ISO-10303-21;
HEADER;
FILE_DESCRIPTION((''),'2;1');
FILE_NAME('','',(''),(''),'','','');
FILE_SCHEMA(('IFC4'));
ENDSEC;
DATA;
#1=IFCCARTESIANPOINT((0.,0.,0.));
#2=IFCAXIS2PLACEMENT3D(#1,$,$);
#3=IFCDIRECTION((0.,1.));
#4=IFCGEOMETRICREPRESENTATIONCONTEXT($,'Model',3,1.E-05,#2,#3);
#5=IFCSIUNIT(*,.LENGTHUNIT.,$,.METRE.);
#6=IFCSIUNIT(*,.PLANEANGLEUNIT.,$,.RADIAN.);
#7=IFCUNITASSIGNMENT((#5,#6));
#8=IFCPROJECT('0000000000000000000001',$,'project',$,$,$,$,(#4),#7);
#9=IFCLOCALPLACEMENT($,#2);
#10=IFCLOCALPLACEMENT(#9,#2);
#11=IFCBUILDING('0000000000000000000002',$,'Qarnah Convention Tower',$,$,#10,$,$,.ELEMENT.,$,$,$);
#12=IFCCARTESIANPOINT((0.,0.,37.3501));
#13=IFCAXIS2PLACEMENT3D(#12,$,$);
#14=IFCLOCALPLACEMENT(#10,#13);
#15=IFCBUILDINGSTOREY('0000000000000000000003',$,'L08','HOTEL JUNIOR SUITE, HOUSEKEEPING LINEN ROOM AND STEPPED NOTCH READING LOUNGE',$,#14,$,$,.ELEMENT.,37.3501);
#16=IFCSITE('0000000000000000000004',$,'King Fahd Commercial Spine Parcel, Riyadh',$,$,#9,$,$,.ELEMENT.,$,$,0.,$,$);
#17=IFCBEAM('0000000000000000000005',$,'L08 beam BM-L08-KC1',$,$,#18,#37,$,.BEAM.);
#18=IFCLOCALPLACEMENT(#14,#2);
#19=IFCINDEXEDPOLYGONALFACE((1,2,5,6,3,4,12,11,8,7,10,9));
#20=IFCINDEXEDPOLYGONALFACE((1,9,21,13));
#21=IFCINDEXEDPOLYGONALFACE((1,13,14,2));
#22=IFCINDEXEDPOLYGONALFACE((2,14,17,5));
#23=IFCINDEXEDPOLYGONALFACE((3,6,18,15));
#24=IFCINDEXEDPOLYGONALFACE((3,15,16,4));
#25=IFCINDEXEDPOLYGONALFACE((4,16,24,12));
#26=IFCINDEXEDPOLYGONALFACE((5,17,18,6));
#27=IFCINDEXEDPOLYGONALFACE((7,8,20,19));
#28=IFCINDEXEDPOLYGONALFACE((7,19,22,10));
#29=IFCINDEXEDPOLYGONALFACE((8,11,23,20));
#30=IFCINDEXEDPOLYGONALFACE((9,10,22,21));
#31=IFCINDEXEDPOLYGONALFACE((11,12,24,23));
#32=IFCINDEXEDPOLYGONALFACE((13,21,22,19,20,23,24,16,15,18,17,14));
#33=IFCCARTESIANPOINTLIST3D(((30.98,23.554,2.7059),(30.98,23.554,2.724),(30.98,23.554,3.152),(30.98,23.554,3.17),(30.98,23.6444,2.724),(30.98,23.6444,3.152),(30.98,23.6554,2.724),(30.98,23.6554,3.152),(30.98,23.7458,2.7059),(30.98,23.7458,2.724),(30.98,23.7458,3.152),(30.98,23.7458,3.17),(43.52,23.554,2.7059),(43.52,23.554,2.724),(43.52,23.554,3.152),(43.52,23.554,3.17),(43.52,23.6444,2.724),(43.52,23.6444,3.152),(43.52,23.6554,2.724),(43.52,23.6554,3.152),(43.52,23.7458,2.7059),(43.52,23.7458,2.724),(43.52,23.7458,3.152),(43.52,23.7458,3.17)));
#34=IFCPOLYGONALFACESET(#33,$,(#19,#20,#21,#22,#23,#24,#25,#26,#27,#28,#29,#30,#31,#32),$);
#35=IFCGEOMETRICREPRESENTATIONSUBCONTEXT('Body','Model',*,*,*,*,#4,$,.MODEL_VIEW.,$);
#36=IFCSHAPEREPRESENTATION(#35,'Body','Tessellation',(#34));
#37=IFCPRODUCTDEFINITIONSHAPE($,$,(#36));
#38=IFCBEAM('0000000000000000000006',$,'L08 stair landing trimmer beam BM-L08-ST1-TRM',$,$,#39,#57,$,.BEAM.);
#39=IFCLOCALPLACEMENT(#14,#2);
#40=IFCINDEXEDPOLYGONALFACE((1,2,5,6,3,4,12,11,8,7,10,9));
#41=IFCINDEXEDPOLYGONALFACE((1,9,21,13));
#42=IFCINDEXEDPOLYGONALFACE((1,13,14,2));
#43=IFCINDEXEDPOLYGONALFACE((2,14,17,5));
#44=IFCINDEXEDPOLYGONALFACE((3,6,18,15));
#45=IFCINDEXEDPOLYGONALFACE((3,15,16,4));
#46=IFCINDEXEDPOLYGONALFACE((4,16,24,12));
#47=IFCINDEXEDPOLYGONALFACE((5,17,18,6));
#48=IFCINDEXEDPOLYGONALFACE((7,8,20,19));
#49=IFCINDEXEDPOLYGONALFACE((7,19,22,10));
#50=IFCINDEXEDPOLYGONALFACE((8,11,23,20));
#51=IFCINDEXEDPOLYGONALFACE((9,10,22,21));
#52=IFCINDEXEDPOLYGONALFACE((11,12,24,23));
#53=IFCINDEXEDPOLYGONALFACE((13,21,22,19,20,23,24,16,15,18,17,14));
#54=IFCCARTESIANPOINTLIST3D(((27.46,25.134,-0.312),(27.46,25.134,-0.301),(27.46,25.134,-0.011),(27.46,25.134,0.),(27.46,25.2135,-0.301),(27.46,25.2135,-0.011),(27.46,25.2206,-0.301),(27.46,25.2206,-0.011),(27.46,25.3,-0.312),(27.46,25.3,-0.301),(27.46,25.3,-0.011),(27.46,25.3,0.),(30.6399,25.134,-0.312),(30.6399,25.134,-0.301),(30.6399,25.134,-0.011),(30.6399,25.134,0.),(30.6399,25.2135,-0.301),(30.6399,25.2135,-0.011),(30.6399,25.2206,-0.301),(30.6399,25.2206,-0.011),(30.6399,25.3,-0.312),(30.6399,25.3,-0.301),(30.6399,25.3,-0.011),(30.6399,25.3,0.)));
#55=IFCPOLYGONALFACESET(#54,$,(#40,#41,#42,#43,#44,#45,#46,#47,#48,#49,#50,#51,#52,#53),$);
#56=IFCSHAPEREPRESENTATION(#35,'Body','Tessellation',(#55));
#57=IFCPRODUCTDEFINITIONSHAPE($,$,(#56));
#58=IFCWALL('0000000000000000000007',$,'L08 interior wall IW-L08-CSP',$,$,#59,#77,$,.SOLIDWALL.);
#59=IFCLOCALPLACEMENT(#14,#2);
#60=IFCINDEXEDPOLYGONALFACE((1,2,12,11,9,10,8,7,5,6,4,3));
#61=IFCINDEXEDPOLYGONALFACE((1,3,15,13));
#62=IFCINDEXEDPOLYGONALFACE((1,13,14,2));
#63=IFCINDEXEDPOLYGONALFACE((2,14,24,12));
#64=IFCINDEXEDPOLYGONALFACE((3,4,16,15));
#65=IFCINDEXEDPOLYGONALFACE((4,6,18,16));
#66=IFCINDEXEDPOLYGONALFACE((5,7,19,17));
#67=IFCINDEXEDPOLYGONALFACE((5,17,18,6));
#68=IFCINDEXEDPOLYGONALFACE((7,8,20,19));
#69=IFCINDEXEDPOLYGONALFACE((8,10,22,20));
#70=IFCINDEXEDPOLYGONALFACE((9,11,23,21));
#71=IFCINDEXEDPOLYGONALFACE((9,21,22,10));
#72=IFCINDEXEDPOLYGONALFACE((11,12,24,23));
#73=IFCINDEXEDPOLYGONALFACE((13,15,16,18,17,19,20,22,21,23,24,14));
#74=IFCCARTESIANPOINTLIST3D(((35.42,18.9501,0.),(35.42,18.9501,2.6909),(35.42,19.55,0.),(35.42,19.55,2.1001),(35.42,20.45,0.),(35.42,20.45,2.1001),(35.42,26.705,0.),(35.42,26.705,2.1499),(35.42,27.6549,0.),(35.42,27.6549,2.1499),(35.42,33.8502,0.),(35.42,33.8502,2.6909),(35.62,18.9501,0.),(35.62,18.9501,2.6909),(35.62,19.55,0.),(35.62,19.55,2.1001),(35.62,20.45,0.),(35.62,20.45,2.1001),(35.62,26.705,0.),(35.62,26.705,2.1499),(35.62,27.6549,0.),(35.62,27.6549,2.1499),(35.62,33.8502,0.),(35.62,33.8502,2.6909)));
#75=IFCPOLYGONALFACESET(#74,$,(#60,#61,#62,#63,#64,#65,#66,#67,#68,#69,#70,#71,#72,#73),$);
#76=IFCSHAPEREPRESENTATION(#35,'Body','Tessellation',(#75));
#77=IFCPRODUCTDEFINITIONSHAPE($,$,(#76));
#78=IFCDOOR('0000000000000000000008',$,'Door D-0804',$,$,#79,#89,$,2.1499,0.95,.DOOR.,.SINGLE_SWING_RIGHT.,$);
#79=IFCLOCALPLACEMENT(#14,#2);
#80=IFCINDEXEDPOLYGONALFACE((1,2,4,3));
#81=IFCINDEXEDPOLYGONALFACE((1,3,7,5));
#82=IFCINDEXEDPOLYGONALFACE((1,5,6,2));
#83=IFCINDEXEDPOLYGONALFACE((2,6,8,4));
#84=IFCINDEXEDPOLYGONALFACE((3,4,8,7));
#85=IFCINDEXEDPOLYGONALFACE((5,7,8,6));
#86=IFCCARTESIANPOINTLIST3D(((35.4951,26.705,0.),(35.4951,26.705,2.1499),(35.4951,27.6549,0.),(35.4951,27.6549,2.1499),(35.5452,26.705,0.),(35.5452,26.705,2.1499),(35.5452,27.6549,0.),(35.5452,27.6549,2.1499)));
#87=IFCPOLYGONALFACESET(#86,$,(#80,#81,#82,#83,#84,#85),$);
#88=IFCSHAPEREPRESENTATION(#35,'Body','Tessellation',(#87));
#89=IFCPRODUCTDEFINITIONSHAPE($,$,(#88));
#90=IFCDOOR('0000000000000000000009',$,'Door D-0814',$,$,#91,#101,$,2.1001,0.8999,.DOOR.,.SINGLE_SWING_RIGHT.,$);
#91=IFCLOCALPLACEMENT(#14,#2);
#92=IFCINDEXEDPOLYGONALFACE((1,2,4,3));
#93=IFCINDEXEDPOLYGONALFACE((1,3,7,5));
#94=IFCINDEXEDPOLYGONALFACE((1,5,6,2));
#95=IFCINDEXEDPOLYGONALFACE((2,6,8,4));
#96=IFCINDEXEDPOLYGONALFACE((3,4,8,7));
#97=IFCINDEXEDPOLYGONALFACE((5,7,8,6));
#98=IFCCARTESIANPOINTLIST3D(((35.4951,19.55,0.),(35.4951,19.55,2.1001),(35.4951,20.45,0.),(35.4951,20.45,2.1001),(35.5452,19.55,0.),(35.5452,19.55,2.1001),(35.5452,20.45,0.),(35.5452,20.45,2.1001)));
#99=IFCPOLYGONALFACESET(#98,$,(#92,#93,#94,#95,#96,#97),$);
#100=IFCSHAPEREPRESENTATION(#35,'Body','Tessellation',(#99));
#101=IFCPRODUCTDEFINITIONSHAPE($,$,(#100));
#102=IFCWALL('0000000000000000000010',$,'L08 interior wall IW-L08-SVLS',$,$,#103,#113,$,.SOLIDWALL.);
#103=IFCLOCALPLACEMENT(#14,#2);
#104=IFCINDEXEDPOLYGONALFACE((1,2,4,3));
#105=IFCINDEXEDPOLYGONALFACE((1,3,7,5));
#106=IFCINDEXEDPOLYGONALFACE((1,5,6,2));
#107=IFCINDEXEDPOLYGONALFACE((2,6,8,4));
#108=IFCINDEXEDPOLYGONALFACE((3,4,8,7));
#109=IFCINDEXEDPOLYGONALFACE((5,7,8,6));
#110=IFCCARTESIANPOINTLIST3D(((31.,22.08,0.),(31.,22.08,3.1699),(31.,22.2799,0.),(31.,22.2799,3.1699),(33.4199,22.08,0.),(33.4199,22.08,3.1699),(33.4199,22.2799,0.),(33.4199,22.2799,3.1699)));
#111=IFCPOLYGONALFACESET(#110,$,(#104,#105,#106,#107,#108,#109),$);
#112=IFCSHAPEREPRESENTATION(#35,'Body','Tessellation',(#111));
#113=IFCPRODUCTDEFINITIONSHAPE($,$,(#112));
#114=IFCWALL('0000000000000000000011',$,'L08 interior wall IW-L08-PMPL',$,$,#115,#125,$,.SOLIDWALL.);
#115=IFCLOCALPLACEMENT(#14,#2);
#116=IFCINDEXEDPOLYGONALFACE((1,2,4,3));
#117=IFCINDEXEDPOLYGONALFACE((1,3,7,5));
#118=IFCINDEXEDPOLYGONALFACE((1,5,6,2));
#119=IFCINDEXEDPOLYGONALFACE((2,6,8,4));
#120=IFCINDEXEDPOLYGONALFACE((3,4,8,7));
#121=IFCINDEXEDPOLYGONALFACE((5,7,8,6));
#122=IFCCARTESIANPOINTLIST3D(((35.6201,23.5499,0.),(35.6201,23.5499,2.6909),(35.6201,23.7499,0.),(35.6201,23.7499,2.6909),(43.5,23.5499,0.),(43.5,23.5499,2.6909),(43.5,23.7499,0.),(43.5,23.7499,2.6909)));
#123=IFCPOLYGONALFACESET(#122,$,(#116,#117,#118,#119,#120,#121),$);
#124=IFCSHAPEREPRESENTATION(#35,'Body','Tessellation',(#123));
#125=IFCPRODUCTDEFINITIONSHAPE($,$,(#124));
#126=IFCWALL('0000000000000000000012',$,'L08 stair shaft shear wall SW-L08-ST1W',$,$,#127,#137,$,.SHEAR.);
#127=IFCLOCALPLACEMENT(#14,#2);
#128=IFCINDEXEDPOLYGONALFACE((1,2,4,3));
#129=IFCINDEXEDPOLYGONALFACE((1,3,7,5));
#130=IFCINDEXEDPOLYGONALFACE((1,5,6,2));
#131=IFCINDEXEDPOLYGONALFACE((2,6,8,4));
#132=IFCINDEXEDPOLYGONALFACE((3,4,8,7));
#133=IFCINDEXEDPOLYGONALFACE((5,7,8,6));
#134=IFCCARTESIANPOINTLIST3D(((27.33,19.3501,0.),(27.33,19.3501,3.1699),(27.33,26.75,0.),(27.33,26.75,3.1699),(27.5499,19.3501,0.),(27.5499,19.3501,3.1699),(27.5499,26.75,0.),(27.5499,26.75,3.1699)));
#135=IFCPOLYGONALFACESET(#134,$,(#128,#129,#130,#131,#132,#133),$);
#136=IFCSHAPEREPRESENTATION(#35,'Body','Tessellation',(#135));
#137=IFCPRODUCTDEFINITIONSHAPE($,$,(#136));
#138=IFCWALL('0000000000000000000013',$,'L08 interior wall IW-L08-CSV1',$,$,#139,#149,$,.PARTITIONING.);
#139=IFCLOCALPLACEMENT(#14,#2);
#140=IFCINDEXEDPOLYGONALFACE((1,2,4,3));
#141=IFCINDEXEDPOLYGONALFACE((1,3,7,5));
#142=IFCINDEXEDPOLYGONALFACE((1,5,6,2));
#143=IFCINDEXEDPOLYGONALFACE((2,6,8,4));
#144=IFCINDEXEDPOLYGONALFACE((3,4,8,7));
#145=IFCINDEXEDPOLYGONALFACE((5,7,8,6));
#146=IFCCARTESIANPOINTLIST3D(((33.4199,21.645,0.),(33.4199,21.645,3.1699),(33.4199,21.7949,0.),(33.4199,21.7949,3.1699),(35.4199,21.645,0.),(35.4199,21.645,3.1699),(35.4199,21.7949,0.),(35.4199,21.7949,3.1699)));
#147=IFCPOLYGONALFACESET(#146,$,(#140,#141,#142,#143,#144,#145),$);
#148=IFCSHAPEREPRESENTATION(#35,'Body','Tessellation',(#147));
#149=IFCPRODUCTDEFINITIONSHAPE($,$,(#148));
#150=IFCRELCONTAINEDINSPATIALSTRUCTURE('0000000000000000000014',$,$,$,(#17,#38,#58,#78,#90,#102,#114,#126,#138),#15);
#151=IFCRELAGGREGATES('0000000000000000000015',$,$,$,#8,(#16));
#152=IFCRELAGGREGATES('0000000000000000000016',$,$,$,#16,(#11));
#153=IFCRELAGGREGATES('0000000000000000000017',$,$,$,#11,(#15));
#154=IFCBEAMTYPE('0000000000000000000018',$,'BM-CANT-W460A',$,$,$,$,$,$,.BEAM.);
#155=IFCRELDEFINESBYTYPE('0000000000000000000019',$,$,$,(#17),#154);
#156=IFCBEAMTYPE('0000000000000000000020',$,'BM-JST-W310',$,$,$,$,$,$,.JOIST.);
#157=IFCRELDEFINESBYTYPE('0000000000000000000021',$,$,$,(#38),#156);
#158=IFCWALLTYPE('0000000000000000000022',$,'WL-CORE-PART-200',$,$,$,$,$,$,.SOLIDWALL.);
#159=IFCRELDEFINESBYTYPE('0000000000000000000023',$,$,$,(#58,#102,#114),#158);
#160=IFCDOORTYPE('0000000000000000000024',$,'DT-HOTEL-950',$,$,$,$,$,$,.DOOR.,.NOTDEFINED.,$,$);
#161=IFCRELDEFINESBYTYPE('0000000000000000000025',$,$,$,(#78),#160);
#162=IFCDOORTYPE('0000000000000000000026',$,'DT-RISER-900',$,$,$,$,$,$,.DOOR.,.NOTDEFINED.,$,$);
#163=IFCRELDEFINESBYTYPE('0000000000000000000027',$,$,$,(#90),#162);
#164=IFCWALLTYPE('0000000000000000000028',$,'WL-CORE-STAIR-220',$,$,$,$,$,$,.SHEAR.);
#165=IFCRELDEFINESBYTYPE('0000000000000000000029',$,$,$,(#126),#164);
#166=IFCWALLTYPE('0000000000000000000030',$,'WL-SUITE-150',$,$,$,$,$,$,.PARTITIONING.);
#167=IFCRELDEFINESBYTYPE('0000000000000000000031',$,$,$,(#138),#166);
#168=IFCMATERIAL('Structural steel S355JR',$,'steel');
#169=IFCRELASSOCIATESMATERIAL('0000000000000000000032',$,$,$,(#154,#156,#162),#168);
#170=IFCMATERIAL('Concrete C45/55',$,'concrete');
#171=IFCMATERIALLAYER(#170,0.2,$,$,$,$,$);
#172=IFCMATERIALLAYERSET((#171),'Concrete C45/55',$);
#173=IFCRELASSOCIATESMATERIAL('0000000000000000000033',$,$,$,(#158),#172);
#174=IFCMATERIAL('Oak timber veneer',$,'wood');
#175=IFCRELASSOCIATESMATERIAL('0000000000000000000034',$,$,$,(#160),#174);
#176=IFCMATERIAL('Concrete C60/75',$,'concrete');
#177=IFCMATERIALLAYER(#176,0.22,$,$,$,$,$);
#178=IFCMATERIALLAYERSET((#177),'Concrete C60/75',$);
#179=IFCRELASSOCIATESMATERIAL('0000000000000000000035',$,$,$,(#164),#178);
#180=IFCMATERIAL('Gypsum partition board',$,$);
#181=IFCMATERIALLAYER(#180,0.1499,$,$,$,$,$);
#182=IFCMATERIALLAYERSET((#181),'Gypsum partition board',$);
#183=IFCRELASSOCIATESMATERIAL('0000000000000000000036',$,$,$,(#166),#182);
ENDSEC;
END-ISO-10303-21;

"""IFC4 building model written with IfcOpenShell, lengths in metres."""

from ifc_helpers import new_model, si_unit, direction, frame, frame_2d, origin, origin_2d, place, context, subcontext, project, spatial, rectangle, i_section, extrude, material, layer, layer_set, material_profile, profile_set, type_object, element, fill, save


model = new_model("IFC4")

# Units and contexts
model_context = context("Model", 3, precision=1e-05, world=origin(), true_north=direction((0.0, 1.0)))
body_context = subcontext(model_context, "Body", "Model", "MODEL_VIEW")
ifc_project = project(units=[si_unit("LENGTHUNIT", "METRE"), si_unit("PLANEANGLEUNIT", "RADIAN")], contexts=[model_context])

# Site, building, storey
site_placement = place(None, origin())
site = spatial("IfcSite", under=ifc_project, at=site_placement, Name="King Fahd Commercial Spine Parcel, Riyadh", CompositionType="ELEMENT", RefElevation=0.0)
building_placement = place(site_placement, origin())
building = spatial("IfcBuilding", under=site, at=building_placement, Name="Qarnah Convention Tower", CompositionType="ELEMENT")
storey_placement = place(building_placement, frame((0.0, 0.0, 37.3501)))
storey = spatial("IfcBuildingStorey", under=building, at=storey_placement, Name="L08", Description="HOTEL JUNIOR SUITE, HOUSEKEEPING LINEN ROOM AND STEPPED NOTCH READING LOUNGE", CompositionType="ELEMENT", Elevation=37.3501)

# Beams
ifc_material_1 = material(Name="Structural steel S355JR", Category="steel")
ifc_material_profile_1 = material_profile(ifc_material_1, i_section(OverallWidth=0.1919, OverallDepth=0.4641, WebThickness=0.011, FlangeThickness=0.0181, at=origin_2d()), Name="W460X89")
ifc_profile_set_1 = profile_set([ifc_material_profile_1], Name="Structural steel S355JR")
beam_type_1 = type_object("IfcBeamType", Name="BM-CANT-W460A", PredefinedType="BEAM", material=ifc_profile_set_1)
beam_1_placement = place(storey_placement, frame((30.98, 23.6499, 2.938), z_axis=(1.0, 0.0, 0.0), x_axis=(0.0, 1.0, 0.0)))
element("IfcBeam", 1, at=beam_1_placement, inside=storey, type_object=beam_type_1, Name="L08 beam BM-L08-KC1", PredefinedType="BEAM", context=body_context, shape_type="SweptSolid", body=[
    extrude(i_section(OverallWidth=0.1919, OverallDepth=0.4641, WebThickness=0.011, FlangeThickness=0.0181, at=origin_2d()), origin(), (0.0, 0.0, 1.0), 12.54),
])
ifc_material_profile_2 = material_profile(ifc_material_1, i_section(OverallWidth=0.166, OverallDepth=0.312, WebThickness=0.0071, FlangeThickness=0.011, at=origin_2d()), Name="W310X45")
ifc_profile_set_2 = profile_set([ifc_material_profile_2], Name="Structural steel S355JR")
beam_type_2 = type_object("IfcBeamType", Name="BM-JST-W310", PredefinedType="JOIST", material=ifc_profile_set_2)
beam_2_placement = place(storey_placement, frame((27.46, 25.217, -0.156), z_axis=(1.0, 0.0, 0.0), x_axis=(0.0, 1.0, 0.0)))
element("IfcBeam", 2, at=beam_2_placement, inside=storey, type_object=beam_type_2, Name="L08 stair landing trimmer beam BM-L08-ST1-TRM", PredefinedType="BEAM", context=body_context, shape_type="SweptSolid", body=[
    extrude(i_section(OverallWidth=0.166, OverallDepth=0.312, WebThickness=0.0071, FlangeThickness=0.011, at=origin_2d()), origin(), (0.0, 0.0, 1.0), 3.1799),
])

# Wall, openings, doors
ifc_material_2 = material(Name="Concrete C45/55", Category="concrete")
ifc_layer_1 = layer(ifc_material_2, 0.2)
ifc_layer_set_1 = layer_set([ifc_layer_1], Name="Concrete C45/55")
wall_type_1 = type_object("IfcWallType", Name="WL-CORE-PART-200", PredefinedType="SOLIDWALL", material=ifc_layer_set_1)
wall_1_placement = place(storey_placement, frame((35.52, 18.95, 0.0), z_axis=(0.0, 0.0, 1.0), x_axis=(0.0, 1.0, 0.0)))
wall_1 = element("IfcWall", 3, at=wall_1_placement, inside=storey, type_object=wall_type_1, Name="L08 interior wall IW-L08-CSP", PredefinedType="SOLIDWALL", context=body_context, shape_type="SweptSolid", body=[
    extrude(rectangle(XDim=14.9001, YDim=0.2, at=frame_2d((7.4502, 0.0))), origin(), (0.0, 0.0, 1.0), 2.6909),
])
opening_1_placement = place(wall_1_placement, frame((7.7549, 0.0, 0.0)))
opening_1 = element("IfcOpeningElement", 4, at=opening_1_placement, cuts=wall_1, PredefinedType="OPENING", context=body_context, shape_type="SweptSolid", body=[
    extrude(rectangle(XDim=0.95, YDim=2.1499, at=frame_2d((0.4751, 1.075))), frame((0.0, 0.1099, 0.0), z_axis=(0.0, -1.0, 0.0), x_axis=(1.0, 0.0, 0.0)), (0.0, 0.0, 1.0), 0.22),
])
opening_2_placement = place(wall_1_placement, frame((0.6001, 0.0, 0.0)))
opening_2 = element("IfcOpeningElement", 5, at=opening_2_placement, cuts=wall_1, PredefinedType="OPENING", context=body_context, shape_type="SweptSolid", body=[
    extrude(rectangle(XDim=0.8999, YDim=2.1001, at=frame_2d((0.45, 1.05))), frame((0.0, 0.1099, 0.0), z_axis=(0.0, -1.0, 0.0), x_axis=(1.0, 0.0, 0.0)), (0.0, 0.0, 1.0), 0.22),
])
ifc_material_3 = material(Name="Oak timber veneer", Category="wood")
door_type_1 = type_object("IfcDoorType", Name="DT-HOTEL-950", OperationType="NOTDEFINED", PredefinedType="DOOR", material=ifc_material_3)
door_1_placement = place(opening_1_placement, origin())
door_1 = element("IfcDoor", 6, at=door_1_placement, inside=storey, type_object=door_type_1, Name="Door D-0804", OperationType="SINGLE_SWING_RIGHT", OverallHeight=2.1499, OverallWidth=0.95, PredefinedType="DOOR", context=body_context, shape_type="SweptSolid", body=[
    extrude(rectangle(XDim=0.95, YDim=2.1499, at=frame_2d((0.4751, 1.075))), frame((0.0, 0.0249, 0.0), z_axis=(0.0, -1.0, 0.0), x_axis=(1.0, 0.0, 0.0)), (0.0, 0.0, 1.0), 0.05),
])
fill(opening_1, door_1)
door_type_2 = type_object("IfcDoorType", Name="DT-RISER-900", OperationType="NOTDEFINED", PredefinedType="DOOR", material=ifc_material_1)
door_2_placement = place(opening_2_placement, origin())
door_2 = element("IfcDoor", 7, at=door_2_placement, inside=storey, type_object=door_type_2, Name="Door D-0814", OperationType="SINGLE_SWING_RIGHT", OverallHeight=2.1001, OverallWidth=0.8999, PredefinedType="DOOR", context=body_context, shape_type="SweptSolid", body=[
    extrude(rectangle(XDim=0.8999, YDim=2.1001, at=frame_2d((0.45, 1.05))), frame((0.0, 0.0249, 0.0), z_axis=(0.0, -1.0, 0.0), x_axis=(1.0, 0.0, 0.0)), (0.0, 0.0, 1.0), 0.05),
])
fill(opening_2, door_2)

# Walls
wall_2_placement = place(storey_placement, frame((31.0, 22.1799, 0.0), z_axis=(0.0, 0.0, 1.0), x_axis=(1.0, 0.0, 0.0)))
element("IfcWall", 8, at=wall_2_placement, inside=storey, type_object=wall_type_1, Name="L08 interior wall IW-L08-SVLS", PredefinedType="SOLIDWALL", context=body_context, shape_type="SweptSolid", body=[
    extrude(rectangle(XDim=2.4199, YDim=0.2, at=frame_2d((1.21, 0.0))), origin(), (0.0, 0.0, 1.0), 3.1699),
])
wall_3_placement = place(storey_placement, frame((35.6201, 23.6499, 0.0), z_axis=(0.0, 0.0, 1.0), x_axis=(1.0, 0.0, 0.0)))
element("IfcWall", 9, at=wall_3_placement, inside=storey, type_object=wall_type_1, Name="L08 interior wall IW-L08-PMPL", PredefinedType="SOLIDWALL", context=body_context, shape_type="SweptSolid", body=[
    extrude(rectangle(XDim=7.8799, YDim=0.2, at=frame_2d((3.9399, 0.0))), origin(), (0.0, 0.0, 1.0), 2.6909),
])

# Walls
ifc_material_4 = material(Name="Concrete C60/75", Category="concrete")
ifc_layer_2 = layer(ifc_material_4, 0.22)
ifc_layer_set_2 = layer_set([ifc_layer_2], Name="Concrete C60/75")
wall_type_2 = type_object("IfcWallType", Name="WL-CORE-STAIR-220", PredefinedType="SHEAR", material=ifc_layer_set_2)
wall_4_placement = place(storey_placement, frame((27.4399, 19.3501, 0.0), z_axis=(0.0, 0.0, 1.0), x_axis=(0.0, 1.0, 0.0)))
element("IfcWall", 10, at=wall_4_placement, inside=storey, type_object=wall_type_2, Name="L08 stair shaft shear wall SW-L08-ST1W", PredefinedType="SHEAR", context=body_context, shape_type="SweptSolid", body=[
    extrude(rectangle(XDim=7.3999, YDim=0.22, at=frame_2d((3.7, 0.0))), origin(), (0.0, 0.0, 1.0), 3.1699),
])
ifc_material_5 = material(Name="Gypsum partition board")
ifc_layer_3 = layer(ifc_material_5, 0.1499)
ifc_layer_set_3 = layer_set([ifc_layer_3], Name="Gypsum partition board")
wall_type_3 = type_object("IfcWallType", Name="WL-SUITE-150", PredefinedType="PARTITIONING", material=ifc_layer_set_3)
wall_5_placement = place(storey_placement, frame((33.4199, 21.72, 0.0), z_axis=(0.0, 0.0, 1.0), x_axis=(1.0, 0.0, 0.0)))
element("IfcWall", 11, at=wall_5_placement, inside=storey, type_object=wall_type_3, Name="L08 interior wall IW-L08-CSV1", PredefinedType="PARTITIONING", context=body_context, shape_type="SweptSolid", body=[
    extrude(rectangle(XDim=2.0, YDim=0.1499, at=frame_2d((1.0, 0.0))), origin(), (0.0, 0.0, 1.0), 3.1699),
])

save(model, "model.ifc")
